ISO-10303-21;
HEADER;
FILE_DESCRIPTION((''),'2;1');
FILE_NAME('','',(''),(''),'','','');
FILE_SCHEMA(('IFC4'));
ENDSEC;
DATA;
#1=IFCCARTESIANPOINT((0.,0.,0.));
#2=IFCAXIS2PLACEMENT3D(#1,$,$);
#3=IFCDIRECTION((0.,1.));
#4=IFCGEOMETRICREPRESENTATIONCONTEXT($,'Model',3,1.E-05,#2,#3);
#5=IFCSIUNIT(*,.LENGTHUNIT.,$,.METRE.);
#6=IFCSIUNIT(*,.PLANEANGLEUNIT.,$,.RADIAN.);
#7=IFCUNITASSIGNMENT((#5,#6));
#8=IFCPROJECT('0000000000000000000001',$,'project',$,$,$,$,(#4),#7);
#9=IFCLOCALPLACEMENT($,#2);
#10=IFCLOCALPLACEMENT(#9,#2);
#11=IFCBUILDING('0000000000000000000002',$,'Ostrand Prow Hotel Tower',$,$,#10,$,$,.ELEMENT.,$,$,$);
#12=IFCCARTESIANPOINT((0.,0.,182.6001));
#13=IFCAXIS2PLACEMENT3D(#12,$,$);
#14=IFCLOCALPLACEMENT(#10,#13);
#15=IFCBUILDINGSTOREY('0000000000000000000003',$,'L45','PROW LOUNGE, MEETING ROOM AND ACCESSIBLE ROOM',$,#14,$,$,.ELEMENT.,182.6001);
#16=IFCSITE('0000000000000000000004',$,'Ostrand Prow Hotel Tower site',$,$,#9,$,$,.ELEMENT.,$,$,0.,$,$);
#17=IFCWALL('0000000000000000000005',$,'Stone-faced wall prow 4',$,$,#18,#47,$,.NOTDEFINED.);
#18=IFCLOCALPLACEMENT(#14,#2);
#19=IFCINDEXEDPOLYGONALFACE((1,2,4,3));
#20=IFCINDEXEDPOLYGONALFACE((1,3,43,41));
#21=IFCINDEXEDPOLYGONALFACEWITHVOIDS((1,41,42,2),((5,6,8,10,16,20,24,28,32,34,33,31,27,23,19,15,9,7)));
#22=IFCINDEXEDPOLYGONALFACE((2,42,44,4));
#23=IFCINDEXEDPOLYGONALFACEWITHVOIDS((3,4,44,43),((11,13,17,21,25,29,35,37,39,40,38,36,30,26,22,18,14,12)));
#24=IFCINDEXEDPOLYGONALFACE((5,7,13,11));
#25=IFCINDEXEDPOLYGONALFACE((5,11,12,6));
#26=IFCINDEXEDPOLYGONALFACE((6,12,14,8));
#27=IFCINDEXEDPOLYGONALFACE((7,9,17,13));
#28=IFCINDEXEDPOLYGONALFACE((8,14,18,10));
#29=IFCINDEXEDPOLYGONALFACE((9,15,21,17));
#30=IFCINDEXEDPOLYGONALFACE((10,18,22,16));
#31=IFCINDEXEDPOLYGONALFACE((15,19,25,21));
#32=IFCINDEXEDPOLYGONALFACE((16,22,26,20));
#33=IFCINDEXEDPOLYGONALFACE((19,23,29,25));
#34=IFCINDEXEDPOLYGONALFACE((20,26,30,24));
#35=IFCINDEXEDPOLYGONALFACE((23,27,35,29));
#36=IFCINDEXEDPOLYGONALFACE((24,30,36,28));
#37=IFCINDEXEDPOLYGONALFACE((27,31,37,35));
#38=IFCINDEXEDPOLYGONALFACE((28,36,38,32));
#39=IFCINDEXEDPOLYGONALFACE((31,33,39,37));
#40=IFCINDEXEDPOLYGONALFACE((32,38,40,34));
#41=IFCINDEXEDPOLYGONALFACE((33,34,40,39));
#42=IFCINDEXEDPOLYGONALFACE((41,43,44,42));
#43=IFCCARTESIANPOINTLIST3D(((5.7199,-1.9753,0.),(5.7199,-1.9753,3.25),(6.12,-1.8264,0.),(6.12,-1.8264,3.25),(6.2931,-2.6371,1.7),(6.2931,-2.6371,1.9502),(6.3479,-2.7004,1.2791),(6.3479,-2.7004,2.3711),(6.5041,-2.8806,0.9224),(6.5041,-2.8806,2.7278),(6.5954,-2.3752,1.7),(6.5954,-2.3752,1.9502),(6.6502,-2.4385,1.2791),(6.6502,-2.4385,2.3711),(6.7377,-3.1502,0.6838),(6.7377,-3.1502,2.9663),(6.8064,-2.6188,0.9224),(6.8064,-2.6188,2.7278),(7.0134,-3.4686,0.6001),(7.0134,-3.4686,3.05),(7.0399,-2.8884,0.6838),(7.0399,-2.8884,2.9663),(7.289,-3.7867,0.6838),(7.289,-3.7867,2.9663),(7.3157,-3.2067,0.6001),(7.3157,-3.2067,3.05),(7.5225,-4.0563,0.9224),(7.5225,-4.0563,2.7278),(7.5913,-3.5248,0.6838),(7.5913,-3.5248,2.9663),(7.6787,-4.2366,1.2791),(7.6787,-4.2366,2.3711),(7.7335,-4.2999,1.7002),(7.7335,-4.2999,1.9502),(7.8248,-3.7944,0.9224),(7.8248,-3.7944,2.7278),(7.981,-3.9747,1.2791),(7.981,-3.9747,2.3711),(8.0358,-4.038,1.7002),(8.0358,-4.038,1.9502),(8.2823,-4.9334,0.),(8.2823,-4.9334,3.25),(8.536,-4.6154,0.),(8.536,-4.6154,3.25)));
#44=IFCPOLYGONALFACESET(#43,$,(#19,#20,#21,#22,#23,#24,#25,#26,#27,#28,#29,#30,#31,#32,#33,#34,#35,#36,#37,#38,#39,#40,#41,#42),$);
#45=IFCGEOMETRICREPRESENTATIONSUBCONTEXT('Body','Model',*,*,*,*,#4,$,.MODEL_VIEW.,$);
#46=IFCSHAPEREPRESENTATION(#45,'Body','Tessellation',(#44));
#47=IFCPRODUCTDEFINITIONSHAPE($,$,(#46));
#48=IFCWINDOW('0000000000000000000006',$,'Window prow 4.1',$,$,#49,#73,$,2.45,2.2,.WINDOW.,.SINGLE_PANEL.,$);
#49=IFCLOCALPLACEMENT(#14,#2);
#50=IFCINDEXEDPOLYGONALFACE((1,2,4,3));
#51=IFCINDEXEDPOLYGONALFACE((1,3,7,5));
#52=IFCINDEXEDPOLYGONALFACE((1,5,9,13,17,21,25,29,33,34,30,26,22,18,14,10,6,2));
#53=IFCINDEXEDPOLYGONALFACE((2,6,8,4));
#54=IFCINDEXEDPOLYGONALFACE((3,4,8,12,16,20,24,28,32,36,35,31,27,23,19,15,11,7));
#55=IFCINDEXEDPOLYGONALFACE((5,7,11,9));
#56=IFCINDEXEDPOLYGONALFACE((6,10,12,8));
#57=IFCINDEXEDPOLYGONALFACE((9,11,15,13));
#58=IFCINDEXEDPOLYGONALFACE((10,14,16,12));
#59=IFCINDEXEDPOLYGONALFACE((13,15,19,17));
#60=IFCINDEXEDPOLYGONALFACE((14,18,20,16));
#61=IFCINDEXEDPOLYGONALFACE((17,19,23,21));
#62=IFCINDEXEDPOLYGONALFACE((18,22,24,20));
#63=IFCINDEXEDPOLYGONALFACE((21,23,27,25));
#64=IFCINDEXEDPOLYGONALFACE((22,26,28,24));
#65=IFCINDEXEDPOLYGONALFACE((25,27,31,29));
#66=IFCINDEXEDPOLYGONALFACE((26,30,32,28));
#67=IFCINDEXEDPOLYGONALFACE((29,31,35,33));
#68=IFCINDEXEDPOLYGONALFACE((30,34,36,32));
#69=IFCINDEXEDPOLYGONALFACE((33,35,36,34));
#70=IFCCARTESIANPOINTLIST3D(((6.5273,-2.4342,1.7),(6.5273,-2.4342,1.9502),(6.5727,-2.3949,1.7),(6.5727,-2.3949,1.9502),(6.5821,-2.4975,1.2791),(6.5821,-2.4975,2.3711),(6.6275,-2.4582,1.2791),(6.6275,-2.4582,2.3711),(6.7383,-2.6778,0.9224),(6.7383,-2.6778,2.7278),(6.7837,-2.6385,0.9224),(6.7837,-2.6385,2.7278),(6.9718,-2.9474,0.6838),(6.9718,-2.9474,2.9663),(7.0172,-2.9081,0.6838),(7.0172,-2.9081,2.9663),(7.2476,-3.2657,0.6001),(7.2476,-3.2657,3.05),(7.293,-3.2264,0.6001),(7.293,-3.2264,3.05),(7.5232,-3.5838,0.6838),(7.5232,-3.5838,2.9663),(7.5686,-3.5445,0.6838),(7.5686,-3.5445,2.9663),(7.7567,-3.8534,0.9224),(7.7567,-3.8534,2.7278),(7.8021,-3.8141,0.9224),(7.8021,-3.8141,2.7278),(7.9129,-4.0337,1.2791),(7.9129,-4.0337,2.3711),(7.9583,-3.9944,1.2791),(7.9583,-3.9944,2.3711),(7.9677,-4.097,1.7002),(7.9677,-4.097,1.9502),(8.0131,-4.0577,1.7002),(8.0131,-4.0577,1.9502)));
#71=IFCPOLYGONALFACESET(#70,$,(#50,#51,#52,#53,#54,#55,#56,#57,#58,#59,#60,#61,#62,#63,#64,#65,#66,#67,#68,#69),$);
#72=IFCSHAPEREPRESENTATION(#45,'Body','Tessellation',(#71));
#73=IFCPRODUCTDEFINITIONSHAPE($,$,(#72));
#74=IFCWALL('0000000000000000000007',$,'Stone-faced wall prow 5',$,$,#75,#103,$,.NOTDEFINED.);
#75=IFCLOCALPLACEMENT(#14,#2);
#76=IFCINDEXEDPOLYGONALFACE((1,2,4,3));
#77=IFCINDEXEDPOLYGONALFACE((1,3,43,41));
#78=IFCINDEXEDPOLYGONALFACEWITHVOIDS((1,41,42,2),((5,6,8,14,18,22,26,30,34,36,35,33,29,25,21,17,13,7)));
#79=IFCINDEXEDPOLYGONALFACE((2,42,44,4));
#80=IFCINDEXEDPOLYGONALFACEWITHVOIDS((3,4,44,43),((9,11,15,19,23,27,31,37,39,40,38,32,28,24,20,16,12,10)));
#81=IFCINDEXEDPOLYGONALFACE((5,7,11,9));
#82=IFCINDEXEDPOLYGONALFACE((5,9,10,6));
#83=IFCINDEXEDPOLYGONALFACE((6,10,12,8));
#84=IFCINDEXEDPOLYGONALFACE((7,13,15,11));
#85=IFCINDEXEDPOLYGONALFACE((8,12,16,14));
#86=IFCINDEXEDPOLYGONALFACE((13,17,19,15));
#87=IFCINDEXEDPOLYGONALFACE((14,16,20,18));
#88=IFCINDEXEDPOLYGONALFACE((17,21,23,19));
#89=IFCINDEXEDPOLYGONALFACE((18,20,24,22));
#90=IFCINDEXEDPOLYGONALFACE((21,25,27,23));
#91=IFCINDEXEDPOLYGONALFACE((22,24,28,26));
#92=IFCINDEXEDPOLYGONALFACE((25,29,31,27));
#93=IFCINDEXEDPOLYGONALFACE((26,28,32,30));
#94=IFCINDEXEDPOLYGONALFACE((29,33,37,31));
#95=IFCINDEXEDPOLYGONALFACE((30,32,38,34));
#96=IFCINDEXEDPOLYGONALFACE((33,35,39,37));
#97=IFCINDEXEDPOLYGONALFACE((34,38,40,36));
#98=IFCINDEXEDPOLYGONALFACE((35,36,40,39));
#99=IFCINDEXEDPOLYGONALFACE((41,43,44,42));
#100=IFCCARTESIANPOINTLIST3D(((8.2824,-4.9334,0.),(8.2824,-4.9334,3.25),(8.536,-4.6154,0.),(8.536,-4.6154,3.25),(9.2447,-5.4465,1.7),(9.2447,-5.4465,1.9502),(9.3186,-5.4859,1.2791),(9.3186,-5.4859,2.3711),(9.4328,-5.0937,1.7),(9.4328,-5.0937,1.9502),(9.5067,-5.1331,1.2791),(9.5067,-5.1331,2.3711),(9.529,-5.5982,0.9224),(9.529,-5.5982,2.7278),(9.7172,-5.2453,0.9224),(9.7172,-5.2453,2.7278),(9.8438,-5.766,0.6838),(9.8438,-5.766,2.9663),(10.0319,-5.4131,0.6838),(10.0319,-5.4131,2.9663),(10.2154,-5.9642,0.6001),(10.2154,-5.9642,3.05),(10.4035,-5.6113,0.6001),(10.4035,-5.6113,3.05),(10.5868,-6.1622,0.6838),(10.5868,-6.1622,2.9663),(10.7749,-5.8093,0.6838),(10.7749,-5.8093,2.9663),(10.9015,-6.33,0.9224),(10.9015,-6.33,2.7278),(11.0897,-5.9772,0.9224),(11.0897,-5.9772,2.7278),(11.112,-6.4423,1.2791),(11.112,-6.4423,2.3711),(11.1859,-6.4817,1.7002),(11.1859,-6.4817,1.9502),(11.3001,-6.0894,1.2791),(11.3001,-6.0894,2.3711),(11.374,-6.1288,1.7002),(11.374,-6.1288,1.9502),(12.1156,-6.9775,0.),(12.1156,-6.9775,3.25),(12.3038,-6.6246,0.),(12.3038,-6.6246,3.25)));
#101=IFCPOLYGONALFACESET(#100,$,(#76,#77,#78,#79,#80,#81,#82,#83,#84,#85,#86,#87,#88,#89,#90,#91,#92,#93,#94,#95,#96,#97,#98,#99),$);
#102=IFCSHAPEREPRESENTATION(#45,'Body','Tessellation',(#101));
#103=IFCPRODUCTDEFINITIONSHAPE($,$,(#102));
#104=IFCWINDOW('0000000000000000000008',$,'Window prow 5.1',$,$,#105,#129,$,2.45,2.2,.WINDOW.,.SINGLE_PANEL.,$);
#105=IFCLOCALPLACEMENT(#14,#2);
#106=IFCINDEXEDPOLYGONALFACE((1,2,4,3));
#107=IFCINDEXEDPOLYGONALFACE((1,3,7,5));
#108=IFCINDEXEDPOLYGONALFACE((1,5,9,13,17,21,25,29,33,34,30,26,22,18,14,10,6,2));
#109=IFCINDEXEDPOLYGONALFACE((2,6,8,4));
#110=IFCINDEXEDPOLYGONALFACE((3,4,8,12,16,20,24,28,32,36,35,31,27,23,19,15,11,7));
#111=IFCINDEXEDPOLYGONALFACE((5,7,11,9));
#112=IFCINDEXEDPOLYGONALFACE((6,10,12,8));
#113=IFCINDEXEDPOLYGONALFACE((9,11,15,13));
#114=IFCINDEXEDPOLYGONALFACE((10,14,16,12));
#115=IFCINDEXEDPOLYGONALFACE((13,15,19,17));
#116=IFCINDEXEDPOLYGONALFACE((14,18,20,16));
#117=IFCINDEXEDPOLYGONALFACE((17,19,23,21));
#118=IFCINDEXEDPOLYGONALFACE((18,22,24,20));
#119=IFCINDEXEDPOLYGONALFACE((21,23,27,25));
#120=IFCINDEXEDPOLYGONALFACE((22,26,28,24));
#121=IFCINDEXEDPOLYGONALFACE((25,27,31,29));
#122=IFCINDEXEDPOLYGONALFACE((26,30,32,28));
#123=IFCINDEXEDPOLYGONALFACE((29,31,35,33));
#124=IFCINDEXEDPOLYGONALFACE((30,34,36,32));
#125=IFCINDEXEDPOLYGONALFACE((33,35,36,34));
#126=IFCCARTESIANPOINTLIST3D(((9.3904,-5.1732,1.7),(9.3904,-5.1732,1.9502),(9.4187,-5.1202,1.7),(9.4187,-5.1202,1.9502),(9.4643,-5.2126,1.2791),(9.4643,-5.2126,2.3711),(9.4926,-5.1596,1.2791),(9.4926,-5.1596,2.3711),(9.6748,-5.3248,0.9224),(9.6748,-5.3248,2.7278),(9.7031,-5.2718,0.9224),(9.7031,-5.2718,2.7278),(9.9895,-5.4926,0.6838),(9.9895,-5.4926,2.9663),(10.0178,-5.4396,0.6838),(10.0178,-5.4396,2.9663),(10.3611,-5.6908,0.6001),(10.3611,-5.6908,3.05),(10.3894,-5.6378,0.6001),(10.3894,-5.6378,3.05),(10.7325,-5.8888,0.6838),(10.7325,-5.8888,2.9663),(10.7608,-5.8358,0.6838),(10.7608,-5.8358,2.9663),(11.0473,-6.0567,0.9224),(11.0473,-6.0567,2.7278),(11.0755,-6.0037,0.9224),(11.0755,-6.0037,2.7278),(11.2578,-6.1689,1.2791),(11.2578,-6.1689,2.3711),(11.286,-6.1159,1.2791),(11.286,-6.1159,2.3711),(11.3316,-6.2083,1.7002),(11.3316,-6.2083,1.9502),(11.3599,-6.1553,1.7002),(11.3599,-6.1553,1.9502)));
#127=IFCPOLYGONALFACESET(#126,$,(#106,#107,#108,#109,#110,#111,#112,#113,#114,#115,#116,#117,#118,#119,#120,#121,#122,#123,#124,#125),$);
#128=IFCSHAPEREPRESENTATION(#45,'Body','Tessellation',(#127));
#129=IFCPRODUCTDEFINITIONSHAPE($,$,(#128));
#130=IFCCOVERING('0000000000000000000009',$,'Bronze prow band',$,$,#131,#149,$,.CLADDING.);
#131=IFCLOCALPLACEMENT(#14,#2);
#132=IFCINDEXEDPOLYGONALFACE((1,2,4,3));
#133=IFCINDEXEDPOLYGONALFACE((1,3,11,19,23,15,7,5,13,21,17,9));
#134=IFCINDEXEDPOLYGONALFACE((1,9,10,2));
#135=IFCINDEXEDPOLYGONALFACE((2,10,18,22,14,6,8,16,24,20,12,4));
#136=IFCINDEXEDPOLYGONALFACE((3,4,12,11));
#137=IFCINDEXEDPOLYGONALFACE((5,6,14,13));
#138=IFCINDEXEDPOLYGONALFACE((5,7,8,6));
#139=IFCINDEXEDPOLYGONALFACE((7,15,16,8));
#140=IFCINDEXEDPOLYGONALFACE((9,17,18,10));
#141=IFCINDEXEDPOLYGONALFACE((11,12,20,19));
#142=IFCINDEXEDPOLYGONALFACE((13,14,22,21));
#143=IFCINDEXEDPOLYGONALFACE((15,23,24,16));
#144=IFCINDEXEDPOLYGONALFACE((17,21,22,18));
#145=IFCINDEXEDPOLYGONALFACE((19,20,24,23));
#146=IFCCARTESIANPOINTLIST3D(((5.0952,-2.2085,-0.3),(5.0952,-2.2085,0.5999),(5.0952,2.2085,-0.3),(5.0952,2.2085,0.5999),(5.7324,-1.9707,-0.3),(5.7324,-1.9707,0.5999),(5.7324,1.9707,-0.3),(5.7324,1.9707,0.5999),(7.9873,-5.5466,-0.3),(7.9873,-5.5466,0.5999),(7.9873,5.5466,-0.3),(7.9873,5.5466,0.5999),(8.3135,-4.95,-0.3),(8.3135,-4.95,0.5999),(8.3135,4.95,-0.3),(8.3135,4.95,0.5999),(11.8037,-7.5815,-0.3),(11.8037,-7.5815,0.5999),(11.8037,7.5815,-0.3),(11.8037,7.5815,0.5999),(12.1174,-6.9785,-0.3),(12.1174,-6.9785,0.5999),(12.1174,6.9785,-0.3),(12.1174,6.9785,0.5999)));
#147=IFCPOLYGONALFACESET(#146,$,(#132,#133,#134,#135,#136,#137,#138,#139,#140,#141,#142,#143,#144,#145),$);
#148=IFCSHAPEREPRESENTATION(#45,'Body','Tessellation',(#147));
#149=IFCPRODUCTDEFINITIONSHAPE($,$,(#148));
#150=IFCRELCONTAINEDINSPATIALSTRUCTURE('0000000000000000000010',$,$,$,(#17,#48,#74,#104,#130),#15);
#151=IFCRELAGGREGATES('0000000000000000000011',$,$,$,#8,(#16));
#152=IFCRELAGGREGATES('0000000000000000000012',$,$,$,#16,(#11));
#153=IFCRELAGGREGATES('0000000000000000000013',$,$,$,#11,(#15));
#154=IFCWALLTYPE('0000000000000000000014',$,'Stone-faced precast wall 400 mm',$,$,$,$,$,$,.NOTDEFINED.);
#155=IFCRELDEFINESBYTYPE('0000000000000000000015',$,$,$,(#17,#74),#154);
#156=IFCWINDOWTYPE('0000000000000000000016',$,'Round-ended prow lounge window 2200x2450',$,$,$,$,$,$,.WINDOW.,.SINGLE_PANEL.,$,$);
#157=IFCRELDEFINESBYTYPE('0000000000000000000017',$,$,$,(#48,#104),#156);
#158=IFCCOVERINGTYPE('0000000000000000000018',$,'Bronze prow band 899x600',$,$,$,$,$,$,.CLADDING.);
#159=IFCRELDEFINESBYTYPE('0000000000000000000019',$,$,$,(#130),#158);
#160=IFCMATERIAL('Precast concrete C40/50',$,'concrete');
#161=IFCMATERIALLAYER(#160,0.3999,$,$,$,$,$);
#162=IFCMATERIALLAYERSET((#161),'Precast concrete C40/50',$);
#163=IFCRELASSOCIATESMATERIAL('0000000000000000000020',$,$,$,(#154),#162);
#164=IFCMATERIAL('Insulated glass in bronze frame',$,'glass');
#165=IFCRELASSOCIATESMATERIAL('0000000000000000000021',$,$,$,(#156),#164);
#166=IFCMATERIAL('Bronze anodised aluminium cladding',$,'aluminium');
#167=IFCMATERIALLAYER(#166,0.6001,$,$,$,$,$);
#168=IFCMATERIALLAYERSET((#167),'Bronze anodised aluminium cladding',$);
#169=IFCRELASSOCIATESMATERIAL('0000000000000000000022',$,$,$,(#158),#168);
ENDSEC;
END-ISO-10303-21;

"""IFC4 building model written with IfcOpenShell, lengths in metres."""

from ifc_helpers import new_model, si_unit, direction, frame, origin, place, context, subcontext, project, spatial, polyline, outline, extrude, material, layer, layer_set, type_object, element, fill, save


model = new_model("IFC4")

# Units and contexts
model_context = context("Model", 3, precision=1e-05, world=origin(), true_north=direction((0.0, 1.0)))
body_context = subcontext(model_context, "Body", "Model", "MODEL_VIEW")
ifc_project = project(units=[si_unit("LENGTHUNIT", "METRE"), si_unit("PLANEANGLEUNIT", "RADIAN")], contexts=[model_context])

# Site, building, storey
site_placement = place(None, origin())
site = spatial("IfcSite", under=ifc_project, at=site_placement, Name="Ostrand Prow Hotel Tower site", CompositionType="ELEMENT", RefElevation=0.0)
building_placement = place(site_placement, origin())
building = spatial("IfcBuilding", under=site, at=building_placement, Name="Ostrand Prow Hotel Tower", CompositionType="ELEMENT")
storey_placement = place(building_placement, frame((0.0, 0.0, 182.6001)))
storey = spatial("IfcBuildingStorey", under=building, at=storey_placement, Name="L45", Description="PROW LOUNGE, MEETING ROOM AND ACCESSIBLE ROOM", CompositionType="ELEMENT", Elevation=182.6001)

# Walls, openings, windows
ifc_material_1 = material(Name="Precast concrete C40/50", Category="concrete")
ifc_layer_1 = layer(ifc_material_1, 0.3999)
ifc_layer_set_1 = layer_set([ifc_layer_1], Name="Precast concrete C40/50")
wall_type = type_object("IfcWallType", Name="Stone-faced precast wall 400 mm", PredefinedType="NOTDEFINED", material=ifc_layer_set_1)
wall_1_placement = place(storey_placement, frame((5.9199, -1.9009, 0.0), z_axis=(0.0, 0.0, 1.0), x_axis=(0.654759, -0.755837, 0.0)))
wall_1 = element("IfcWall", 1, at=wall_1_placement, inside=storey, type_object=wall_type, Name="Stone-faced wall prow 4", PredefinedType="NOTDEFINED", context=body_context, shape_type="SweptSolid", body=[
    extrude(outline(polyline([(-0.0747, -0.2), (3.8389, -0.2), (3.7646, 0.2), (0.0747, 0.2), (-0.0747, -0.2)])), origin(), (0.0, 0.0, 1.0), 3.25),
])
opening_1_placement = place(wall_1_placement, frame((0.8008, 0.0, 0.6001)))
opening_1 = element("IfcOpeningElement", 2, at=opening_1_placement, cuts=wall_1, PredefinedType="OPENING", context=body_context, shape_type="SweptSolid", body=[
    extrude(outline(polyline([(0.0, 1.3501), (0.0837, 1.771), (0.3223, 2.1277), (0.679, 2.3662), (1.1001, 2.45), (1.521, 2.3662), (1.8777, 2.1277), (2.1162, 1.771), (2.2, 1.3501), (2.2, 1.1001), (2.1162, 0.679), (1.8777, 0.3223), (1.521, 0.0837), (1.1001, 0.0), (0.679, 0.0837), (0.3223, 0.3223), (0.0837, 0.679), (0.0, 1.0999), (0.0, 1.3501)])), frame((0.0, 0.21, 0.0), z_axis=(0.0, -1.0, 0.0), x_axis=(1.0, 0.0, 0.0)), (0.0, 0.0, 1.0), 0.4199),
])
ifc_material_2 = material(Name="Insulated glass in bronze frame", Category="glass")
window_type = type_object("IfcWindowType", Name="Round-ended prow lounge window 2200x2450", PartitioningType="SINGLE_PANEL", PredefinedType="WINDOW", material=ifc_material_2)
window_1_placement = place(opening_1_placement, origin())
window_1 = element("IfcWindow", 3, at=window_1_placement, inside=storey, type_object=window_type, Name="Window prow 4.1", OverallHeight=2.45, OverallWidth=2.2, PartitioningType="SINGLE_PANEL", PredefinedType="WINDOW", context=body_context, shape_type="SweptSolid", body=[
    extrude(outline(polyline([(0.0, 1.3501), (0.0837, 1.771), (0.3223, 2.1277), (0.679, 2.3662), (1.1001, 2.45), (1.521, 2.3662), (1.8777, 2.1277), (2.1162, 1.771), (2.2, 1.3501), (2.2, 1.1001), (2.1162, 0.679), (1.8777, 0.3223), (1.521, 0.0837), (1.1001, 0.0), (0.679, 0.0837), (0.3223, 0.3223), (0.0837, 0.679), (0.0, 1.0999), (0.0, 1.3501)])), frame((0.0, 0.1699, 0.0), z_axis=(0.0, -1.0, 0.0), x_axis=(1.0, 0.0, 0.0)), (0.0, 0.0, 1.0), 0.0601),
])
fill(opening_1, window_1)
wall_2_placement = place(storey_placement, frame((8.4092, -4.7744, 0.0), z_axis=(0.0, 0.0, 1.0), x_axis=(0.882386, -0.470526, 0.0)))
wall_2 = element("IfcWall", 4, at=wall_2_placement, inside=storey, type_object=wall_type, Name="Stone-faced wall prow 5", PredefinedType="NOTDEFINED", context=body_context, shape_type="SweptSolid", body=[
    extrude(outline(polyline([(-0.0371, -0.2), (4.3071, -0.2), (4.3071, 0.2), (0.0371, 0.2), (-0.0371, -0.2)])), origin(), (0.0, 0.0, 1.0), 3.25),
])
opening_2_placement = place(wall_2_placement, frame((1.0535, 0.0, 0.6001)))
opening_2 = element("IfcOpeningElement", 5, at=opening_2_placement, cuts=wall_2, PredefinedType="OPENING", context=body_context, shape_type="SweptSolid", body=[
    extrude(outline(polyline([(0.0, 1.3501), (0.0837, 1.771), (0.3223, 2.1277), (0.679, 2.3662), (1.1001, 2.45), (1.521, 2.3662), (1.8777, 2.1277), (2.1162, 1.771), (2.2, 1.3501), (2.2, 1.1001), (2.1162, 0.679), (1.8777, 0.3223), (1.521, 0.0837), (1.1001, 0.0), (0.679, 0.0837), (0.3223, 0.3223), (0.0837, 0.679), (0.0, 1.0999), (0.0, 1.3501)])), frame((0.0, 0.21, 0.0), z_axis=(0.0, -1.0, 0.0), x_axis=(1.0, 0.0, 0.0)), (0.0, 0.0, 1.0), 0.4199),
])
window_2_placement = place(opening_2_placement, origin())
window_2 = element("IfcWindow", 6, at=window_2_placement, inside=storey, type_object=window_type, Name="Window prow 5.1", OverallHeight=2.45, OverallWidth=2.2, PartitioningType="SINGLE_PANEL", PredefinedType="WINDOW", context=body_context, shape_type="SweptSolid", body=[
    extrude(outline(polyline([(0.0, 1.3501), (0.0837, 1.771), (0.3223, 2.1277), (0.679, 2.3662), (1.1001, 2.45), (1.521, 2.3662), (1.8777, 2.1277), (2.1162, 1.771), (2.2, 1.3501), (2.2, 1.1001), (2.1162, 0.679), (1.8777, 0.3223), (1.521, 0.0837), (1.1001, 0.0), (0.679, 0.0837), (0.3223, 0.3223), (0.0837, 0.679), (0.0, 1.0999), (0.0, 1.3501)])), frame((0.0, 0.1699, 0.0), z_axis=(0.0, -1.0, 0.0), x_axis=(1.0, 0.0, 0.0)), (0.0, 0.0, 1.0), 0.0601),
])
fill(opening_2, window_2)

# Covering
ifc_material_3 = material(Name="Bronze anodised aluminium cladding", Category="aluminium")
ifc_layer_2 = layer(ifc_material_3, 0.6001)
ifc_layer_set_2 = layer_set([ifc_layer_2], Name="Bronze anodised aluminium cladding")
covering_type_1 = type_object("IfcCoveringType", Name="Bronze prow band 899x600", PredefinedType="CLADDING", material=ifc_layer_set_2)
covering_1_placement = place(storey_placement, frame((0.0, 0.0, -0.3)))
element("IfcCovering", 7, at=covering_1_placement, inside=storey, type_object=covering_type_1, Name="Bronze prow band", PredefinedType="CLADDING", context=body_context, shape_type="SweptSolid", body=[
    extrude(outline(polyline([(11.8037, 7.5815), (7.9873, 5.5466), (5.0952, 2.2085), (5.0952, -2.2085), (7.9873, -5.5466), (11.8037, -7.5815), (12.1174, -6.9785), (8.3135, -4.95), (5.7324, -1.9707), (5.7324, 1.9707), (8.3135, 4.95), (12.1174, 6.9785), (11.8037, 7.5815)])), origin(), (0.0, 0.0, 1.0), 0.8999),
])

save(model, "model.ifc")
